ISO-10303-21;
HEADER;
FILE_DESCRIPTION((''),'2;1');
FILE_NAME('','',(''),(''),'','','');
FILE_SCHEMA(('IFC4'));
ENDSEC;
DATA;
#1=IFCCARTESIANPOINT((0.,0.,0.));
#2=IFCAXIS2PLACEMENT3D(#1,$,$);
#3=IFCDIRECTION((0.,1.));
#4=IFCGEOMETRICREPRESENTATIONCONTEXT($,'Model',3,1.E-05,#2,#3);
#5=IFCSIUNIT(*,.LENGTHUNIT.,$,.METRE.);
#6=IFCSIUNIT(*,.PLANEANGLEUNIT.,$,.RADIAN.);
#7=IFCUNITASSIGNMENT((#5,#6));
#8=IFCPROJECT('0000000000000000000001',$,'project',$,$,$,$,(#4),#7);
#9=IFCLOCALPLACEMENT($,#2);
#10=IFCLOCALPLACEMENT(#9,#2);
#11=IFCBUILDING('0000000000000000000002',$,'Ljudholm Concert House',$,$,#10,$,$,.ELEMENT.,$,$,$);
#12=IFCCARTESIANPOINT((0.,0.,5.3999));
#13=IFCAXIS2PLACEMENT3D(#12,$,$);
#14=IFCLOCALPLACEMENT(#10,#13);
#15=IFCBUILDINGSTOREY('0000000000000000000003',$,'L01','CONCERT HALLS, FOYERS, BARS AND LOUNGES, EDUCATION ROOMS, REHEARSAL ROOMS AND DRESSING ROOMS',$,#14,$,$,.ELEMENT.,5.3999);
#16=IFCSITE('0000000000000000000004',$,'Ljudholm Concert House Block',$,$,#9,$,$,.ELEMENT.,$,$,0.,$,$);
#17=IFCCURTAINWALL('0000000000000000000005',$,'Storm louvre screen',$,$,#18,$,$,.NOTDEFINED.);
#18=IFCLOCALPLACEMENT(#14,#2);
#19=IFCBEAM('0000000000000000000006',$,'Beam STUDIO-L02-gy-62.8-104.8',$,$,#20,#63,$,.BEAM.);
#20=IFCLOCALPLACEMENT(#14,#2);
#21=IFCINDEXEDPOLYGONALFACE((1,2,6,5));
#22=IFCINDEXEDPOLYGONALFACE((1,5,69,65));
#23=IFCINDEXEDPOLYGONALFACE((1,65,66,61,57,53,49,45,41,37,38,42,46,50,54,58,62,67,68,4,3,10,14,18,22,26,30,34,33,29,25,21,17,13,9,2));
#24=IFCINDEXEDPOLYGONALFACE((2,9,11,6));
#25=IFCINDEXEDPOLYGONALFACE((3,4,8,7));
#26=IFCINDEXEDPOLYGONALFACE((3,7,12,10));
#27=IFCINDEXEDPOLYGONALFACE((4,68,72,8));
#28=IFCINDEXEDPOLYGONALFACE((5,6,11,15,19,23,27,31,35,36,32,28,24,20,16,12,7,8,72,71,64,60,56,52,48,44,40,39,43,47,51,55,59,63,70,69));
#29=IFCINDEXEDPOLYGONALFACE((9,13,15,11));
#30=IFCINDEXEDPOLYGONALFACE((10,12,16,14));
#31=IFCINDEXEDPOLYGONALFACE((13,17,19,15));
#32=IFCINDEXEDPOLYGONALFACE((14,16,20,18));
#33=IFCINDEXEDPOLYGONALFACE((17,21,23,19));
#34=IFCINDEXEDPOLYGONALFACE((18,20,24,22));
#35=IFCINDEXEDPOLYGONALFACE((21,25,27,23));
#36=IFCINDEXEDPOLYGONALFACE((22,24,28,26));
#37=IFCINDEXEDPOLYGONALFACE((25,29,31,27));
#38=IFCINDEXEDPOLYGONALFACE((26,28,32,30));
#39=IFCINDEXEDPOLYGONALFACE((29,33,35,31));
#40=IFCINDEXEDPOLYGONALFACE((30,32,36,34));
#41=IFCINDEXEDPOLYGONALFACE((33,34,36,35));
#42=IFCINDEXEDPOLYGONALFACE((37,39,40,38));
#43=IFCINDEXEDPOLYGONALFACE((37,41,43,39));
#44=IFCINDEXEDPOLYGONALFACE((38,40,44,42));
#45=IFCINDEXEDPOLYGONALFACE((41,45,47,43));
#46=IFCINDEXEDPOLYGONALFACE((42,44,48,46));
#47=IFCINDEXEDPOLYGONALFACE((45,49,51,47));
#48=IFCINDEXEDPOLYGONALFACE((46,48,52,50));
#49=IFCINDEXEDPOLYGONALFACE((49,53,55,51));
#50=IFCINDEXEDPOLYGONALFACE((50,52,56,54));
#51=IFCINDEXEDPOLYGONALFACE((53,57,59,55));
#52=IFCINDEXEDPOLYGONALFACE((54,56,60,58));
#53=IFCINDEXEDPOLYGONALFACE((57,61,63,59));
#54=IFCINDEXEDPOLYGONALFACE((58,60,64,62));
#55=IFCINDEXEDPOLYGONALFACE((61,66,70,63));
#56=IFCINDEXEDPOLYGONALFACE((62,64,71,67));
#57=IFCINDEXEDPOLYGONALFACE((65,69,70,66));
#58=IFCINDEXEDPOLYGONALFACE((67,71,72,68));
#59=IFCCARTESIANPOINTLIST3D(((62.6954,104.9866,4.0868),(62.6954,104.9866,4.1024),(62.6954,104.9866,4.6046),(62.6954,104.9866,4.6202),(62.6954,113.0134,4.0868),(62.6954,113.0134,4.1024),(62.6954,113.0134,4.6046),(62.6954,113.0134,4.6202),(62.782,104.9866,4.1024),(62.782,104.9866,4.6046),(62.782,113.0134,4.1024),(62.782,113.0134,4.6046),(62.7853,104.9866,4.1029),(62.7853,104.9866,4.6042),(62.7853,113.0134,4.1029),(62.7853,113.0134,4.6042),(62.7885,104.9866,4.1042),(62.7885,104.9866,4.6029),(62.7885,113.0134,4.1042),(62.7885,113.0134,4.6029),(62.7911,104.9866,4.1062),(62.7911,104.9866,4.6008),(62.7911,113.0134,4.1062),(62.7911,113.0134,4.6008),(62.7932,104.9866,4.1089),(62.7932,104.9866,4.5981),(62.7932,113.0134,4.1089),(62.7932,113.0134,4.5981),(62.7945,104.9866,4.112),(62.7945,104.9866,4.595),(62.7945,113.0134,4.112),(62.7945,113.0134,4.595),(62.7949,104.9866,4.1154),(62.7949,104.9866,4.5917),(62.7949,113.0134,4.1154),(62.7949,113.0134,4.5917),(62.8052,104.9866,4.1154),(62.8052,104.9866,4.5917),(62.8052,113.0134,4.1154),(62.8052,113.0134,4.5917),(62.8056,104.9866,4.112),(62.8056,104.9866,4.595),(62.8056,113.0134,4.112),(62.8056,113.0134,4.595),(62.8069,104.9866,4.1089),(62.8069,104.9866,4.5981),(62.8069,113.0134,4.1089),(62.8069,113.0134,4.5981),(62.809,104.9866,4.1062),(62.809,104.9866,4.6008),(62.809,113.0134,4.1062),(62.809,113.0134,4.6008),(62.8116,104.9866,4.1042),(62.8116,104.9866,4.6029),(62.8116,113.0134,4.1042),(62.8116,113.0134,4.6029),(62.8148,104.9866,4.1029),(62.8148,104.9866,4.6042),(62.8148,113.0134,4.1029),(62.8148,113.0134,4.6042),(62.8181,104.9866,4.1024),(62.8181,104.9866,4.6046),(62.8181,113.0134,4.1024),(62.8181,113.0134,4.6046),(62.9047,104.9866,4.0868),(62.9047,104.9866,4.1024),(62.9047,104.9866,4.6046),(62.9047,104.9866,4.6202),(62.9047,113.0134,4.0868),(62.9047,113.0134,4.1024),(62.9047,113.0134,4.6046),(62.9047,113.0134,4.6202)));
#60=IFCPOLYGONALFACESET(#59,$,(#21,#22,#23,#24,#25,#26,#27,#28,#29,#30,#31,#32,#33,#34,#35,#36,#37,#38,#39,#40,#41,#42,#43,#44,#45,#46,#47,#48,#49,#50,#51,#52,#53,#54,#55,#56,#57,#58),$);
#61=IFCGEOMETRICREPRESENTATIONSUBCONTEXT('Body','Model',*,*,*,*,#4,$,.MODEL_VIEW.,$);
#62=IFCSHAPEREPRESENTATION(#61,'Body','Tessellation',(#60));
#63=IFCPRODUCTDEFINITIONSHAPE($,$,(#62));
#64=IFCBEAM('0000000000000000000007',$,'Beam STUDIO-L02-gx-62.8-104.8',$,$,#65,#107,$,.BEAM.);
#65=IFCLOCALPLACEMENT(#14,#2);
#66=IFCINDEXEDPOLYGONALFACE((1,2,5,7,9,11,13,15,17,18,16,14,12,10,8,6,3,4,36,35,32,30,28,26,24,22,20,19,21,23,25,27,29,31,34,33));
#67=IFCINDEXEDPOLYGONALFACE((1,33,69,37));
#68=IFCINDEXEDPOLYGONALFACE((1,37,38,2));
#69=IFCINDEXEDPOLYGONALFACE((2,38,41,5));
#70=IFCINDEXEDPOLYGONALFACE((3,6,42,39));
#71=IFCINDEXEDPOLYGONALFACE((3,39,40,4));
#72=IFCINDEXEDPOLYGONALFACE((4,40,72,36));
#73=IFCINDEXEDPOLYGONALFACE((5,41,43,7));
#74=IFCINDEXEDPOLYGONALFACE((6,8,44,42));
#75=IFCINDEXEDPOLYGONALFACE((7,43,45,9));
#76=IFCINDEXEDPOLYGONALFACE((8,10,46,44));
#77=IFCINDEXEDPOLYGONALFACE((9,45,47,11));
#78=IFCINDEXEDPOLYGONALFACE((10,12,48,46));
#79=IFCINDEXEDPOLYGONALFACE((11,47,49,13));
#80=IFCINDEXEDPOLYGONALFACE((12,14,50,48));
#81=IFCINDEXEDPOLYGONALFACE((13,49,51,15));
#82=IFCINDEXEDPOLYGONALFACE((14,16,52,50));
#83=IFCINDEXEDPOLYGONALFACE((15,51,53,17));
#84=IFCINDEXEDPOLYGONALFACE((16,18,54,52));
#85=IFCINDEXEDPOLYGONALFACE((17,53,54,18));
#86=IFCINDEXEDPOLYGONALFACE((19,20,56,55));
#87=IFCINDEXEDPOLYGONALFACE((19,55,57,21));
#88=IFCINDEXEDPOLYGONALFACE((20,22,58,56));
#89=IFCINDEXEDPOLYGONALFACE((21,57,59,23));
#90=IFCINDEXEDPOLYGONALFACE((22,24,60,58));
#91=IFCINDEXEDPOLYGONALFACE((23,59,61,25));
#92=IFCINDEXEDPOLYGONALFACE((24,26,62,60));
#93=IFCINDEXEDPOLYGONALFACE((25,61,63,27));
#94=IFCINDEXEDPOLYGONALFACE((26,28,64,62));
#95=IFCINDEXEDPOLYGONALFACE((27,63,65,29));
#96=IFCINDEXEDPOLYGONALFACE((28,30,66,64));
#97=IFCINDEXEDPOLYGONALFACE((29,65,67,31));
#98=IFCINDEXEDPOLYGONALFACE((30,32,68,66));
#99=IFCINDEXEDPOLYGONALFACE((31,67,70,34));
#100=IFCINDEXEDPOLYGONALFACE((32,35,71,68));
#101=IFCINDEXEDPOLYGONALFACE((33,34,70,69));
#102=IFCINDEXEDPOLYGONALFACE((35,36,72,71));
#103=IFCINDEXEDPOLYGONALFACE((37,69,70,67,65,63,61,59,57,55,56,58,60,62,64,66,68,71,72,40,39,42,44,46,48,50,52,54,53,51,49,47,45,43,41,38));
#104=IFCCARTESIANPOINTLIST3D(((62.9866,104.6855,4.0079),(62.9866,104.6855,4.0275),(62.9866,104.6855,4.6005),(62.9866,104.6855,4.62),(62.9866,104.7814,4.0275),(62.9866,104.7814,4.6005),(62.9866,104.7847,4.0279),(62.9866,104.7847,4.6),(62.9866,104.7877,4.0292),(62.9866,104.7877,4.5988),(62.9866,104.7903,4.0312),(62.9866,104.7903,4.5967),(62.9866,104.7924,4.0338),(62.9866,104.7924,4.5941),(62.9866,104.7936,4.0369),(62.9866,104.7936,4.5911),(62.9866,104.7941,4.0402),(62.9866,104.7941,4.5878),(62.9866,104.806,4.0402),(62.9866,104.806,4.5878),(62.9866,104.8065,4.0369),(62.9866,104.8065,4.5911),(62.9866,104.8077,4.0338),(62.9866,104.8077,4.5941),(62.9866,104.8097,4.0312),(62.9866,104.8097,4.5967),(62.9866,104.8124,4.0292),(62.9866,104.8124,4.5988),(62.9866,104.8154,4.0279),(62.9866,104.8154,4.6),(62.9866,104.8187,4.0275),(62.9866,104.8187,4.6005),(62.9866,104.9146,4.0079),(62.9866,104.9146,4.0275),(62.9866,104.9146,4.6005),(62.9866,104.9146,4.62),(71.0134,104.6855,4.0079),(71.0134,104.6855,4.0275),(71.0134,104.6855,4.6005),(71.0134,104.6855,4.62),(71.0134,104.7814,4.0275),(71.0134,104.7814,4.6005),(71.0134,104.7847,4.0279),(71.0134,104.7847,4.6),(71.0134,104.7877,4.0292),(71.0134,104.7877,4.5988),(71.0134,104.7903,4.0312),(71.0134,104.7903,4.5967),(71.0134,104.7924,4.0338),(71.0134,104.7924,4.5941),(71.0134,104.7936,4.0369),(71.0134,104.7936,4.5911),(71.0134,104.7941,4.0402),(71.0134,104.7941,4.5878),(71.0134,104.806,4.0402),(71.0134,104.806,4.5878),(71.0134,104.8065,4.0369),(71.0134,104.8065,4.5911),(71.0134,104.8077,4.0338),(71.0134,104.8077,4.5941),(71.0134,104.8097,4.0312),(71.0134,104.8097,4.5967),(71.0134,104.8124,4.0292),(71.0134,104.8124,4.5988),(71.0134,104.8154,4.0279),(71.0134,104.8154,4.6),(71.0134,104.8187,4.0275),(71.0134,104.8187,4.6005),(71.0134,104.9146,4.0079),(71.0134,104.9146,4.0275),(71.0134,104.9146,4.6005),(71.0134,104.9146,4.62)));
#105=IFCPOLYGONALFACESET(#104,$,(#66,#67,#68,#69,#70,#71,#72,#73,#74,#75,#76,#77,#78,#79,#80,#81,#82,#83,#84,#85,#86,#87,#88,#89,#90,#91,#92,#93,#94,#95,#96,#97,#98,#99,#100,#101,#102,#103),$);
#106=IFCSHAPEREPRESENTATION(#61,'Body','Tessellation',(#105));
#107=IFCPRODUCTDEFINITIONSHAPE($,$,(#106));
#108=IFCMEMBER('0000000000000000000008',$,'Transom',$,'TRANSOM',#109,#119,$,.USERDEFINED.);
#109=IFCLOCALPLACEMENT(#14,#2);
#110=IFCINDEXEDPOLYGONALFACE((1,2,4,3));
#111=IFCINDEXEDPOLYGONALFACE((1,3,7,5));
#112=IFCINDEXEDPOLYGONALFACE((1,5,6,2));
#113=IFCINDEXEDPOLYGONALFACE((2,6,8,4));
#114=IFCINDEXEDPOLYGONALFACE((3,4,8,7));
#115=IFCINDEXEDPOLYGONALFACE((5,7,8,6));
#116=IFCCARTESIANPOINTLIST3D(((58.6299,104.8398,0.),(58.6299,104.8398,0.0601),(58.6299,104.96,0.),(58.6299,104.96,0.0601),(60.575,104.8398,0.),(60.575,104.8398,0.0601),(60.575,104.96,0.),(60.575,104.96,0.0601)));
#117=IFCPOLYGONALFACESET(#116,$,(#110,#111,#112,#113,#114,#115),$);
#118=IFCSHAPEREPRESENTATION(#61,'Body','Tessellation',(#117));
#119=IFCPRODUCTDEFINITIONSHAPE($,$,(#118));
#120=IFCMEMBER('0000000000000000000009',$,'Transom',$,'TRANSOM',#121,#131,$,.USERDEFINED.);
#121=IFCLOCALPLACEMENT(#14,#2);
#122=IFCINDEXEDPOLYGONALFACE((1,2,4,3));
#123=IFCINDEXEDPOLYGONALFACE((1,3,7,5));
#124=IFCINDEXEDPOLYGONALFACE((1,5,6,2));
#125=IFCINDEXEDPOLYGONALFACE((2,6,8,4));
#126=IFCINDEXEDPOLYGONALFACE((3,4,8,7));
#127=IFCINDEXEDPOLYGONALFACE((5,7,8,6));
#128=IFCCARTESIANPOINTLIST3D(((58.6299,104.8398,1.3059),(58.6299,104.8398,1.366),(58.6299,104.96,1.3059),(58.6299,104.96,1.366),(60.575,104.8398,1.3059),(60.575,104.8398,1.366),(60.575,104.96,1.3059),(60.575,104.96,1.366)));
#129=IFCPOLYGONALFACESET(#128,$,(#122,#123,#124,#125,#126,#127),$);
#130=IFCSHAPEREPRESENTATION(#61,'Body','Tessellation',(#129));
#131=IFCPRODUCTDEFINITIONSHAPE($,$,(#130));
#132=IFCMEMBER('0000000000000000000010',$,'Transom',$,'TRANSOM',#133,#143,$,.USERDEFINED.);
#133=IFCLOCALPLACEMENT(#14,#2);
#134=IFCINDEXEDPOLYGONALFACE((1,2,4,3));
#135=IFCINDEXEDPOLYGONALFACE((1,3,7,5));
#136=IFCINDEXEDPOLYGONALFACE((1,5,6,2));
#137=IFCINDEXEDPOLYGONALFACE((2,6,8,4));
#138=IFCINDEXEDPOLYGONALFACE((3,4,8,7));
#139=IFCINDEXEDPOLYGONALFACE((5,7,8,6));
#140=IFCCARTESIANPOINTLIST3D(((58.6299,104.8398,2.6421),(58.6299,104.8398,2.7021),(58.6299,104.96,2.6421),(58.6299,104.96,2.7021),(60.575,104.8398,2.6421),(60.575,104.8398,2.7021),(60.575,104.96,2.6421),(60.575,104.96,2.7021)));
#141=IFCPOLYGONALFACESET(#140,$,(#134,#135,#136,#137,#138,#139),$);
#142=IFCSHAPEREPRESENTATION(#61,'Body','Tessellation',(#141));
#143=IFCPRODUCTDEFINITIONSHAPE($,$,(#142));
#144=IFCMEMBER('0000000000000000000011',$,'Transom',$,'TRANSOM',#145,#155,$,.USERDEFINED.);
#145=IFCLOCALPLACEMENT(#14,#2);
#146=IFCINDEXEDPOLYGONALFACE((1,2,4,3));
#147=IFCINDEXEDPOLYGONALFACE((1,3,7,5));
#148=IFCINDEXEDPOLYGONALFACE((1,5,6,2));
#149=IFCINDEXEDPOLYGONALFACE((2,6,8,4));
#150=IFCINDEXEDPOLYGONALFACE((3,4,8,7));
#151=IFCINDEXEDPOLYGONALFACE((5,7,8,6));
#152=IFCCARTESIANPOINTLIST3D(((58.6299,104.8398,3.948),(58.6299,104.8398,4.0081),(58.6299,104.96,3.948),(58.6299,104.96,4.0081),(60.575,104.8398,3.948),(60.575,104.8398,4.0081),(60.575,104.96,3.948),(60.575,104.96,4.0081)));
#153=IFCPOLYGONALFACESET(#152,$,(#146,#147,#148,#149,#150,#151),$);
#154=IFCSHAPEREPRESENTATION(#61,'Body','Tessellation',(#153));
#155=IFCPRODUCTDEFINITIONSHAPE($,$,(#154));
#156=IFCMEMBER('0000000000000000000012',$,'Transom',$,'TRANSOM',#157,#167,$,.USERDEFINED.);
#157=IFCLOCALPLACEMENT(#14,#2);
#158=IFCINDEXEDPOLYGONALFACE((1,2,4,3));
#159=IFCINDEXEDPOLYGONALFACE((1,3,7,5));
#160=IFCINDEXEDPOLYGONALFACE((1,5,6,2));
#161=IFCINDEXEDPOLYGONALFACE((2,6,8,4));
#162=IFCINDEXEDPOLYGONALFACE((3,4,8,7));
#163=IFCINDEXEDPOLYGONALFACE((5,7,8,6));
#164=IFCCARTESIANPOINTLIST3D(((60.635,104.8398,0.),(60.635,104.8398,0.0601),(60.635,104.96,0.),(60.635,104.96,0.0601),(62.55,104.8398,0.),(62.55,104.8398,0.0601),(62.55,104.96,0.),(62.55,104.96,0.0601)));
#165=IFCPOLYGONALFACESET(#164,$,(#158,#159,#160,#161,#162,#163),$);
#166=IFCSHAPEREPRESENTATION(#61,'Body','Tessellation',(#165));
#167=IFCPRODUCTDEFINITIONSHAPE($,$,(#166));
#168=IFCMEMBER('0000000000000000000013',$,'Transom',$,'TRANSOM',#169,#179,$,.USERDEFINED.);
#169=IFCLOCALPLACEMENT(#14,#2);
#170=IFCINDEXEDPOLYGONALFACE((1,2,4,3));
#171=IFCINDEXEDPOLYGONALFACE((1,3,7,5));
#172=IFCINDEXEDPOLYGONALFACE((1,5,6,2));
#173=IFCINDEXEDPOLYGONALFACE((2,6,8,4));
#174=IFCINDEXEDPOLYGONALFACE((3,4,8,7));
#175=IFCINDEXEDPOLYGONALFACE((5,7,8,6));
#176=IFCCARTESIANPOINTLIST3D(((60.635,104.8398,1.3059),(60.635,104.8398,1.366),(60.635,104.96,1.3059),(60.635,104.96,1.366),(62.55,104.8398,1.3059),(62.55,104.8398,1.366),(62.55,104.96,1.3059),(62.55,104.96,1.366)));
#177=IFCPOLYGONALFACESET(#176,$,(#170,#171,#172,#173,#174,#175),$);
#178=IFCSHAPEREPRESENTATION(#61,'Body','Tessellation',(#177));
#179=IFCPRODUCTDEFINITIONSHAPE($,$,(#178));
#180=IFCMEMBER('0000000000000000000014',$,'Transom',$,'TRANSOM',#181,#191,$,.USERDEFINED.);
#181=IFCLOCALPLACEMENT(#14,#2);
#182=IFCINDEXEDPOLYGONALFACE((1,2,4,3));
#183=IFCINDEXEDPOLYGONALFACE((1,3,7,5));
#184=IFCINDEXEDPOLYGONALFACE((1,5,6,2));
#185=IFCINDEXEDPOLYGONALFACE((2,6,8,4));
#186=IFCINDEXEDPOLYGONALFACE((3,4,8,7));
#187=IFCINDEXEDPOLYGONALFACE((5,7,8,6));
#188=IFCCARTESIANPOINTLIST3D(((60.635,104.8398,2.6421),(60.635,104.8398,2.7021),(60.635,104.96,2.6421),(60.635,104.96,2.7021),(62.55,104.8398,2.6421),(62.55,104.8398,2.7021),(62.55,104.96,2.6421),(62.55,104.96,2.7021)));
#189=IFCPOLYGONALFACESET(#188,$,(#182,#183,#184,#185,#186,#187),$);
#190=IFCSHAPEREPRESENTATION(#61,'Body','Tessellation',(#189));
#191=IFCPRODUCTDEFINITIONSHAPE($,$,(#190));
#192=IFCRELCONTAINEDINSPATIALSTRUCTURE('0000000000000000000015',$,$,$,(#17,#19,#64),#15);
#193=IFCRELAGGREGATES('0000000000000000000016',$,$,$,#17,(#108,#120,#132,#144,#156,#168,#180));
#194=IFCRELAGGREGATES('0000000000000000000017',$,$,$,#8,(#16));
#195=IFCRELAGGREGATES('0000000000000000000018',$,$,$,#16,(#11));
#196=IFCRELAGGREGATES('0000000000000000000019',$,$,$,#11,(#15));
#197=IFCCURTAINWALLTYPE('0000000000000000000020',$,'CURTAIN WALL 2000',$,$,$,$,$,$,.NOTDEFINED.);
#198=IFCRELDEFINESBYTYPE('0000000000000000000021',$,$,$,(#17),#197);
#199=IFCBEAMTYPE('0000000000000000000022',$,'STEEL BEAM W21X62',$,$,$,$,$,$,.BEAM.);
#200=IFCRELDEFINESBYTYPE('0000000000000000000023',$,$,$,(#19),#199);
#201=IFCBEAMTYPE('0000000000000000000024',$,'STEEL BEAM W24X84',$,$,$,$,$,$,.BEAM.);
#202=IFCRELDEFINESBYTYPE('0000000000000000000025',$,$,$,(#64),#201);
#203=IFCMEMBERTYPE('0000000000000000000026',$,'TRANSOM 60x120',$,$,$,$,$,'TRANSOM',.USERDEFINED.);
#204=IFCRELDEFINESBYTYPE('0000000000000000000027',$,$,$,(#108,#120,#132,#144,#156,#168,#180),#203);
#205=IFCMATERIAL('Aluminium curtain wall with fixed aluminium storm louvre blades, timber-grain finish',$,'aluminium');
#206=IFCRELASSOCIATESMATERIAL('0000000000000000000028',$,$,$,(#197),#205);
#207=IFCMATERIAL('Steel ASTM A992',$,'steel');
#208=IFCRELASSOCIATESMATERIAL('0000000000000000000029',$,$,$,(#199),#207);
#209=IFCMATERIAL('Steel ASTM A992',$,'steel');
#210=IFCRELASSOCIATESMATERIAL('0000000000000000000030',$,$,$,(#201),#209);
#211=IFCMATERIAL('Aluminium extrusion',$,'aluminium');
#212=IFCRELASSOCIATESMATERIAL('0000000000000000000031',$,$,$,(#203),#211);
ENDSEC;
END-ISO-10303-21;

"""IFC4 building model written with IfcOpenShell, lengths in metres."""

from ifc_helpers import new_model, si_unit, direction, frame, origin, origin_2d, place, context, subcontext, project, spatial, rectangle, i_section, extrude, material, material_profile, profile_set, type_object, element, aggregate, save


model = new_model("IFC4")

# Units and contexts
model_context = context("Model", 3, precision=1e-05, world=origin(), true_north=direction((0.0, 1.0)))
body_context = subcontext(model_context, "Body", "Model", "MODEL_VIEW")
ifc_project = project(units=[si_unit("LENGTHUNIT", "METRE"), si_unit("PLANEANGLEUNIT", "RADIAN")], contexts=[model_context])

# Site, building, storey
site_placement = place(None, origin())
site = spatial("IfcSite", under=ifc_project, at=site_placement, Name="Ljudholm Concert House Block", CompositionType="ELEMENT", RefElevation=0.0)
building_placement = place(site_placement, origin())
building = spatial("IfcBuilding", under=site, at=building_placement, Name="Ljudholm Concert House", CompositionType="ELEMENT")
storey_placement = place(building_placement, frame((0.0, 0.0, 5.3999)))
storey = spatial("IfcBuildingStorey", under=building, at=storey_placement, Name="L01", Description="CONCERT HALLS, FOYERS, BARS AND LOUNGES, EDUCATION ROOMS, REHEARSAL ROOMS AND DRESSING ROOMS", CompositionType="ELEMENT", Elevation=5.3999)

# Curtain wall
ifc_material_1 = material(Name="Aluminium curtain wall with fixed aluminium storm louvre blades, timber-grain finish", Category="aluminium")
curtain_wall_type = type_object("IfcCurtainWallType", Name="CURTAIN WALL 2000", PredefinedType="NOTDEFINED", material=ifc_material_1)
curtain_wall_placement = place(storey_placement, origin())
curtain_wall = element("IfcCurtainWall", 1, at=curtain_wall_placement, inside=storey, type_object=curtain_wall_type, Name="Storm louvre screen", PredefinedType="NOTDEFINED")

# Beams
ifc_material_2 = material(Name="Steel ASTM A992", Category="steel")
ifc_material_profile_1 = material_profile(ifc_material_2, i_section(OverallWidth=0.2092, OverallDepth=0.5334, WebThickness=0.0103, FlangeThickness=0.0156, FilletRadius=0.0129, at=origin_2d()), Name="W21X62")
ifc_profile_set_1 = profile_set([ifc_material_profile_1], Name="Steel ASTM A992")
beam_type_1 = type_object("IfcBeamType", Name="STEEL BEAM W21X62", PredefinedType="BEAM", material=ifc_profile_set_1)
beam_1_placement = place(storey_placement, frame((62.8, 104.9866, 4.3535), z_axis=(0.0, 1.0, 0.0), x_axis=(-1.0, 0.0, 0.0)))
element("IfcBeam", 2, at=beam_1_placement, inside=storey, type_object=beam_type_1, Name="Beam STUDIO-L02-gy-62.8-104.8", PredefinedType="BEAM", context=body_context, shape_type="SweptSolid", body=[
    extrude(i_section(OverallWidth=0.2092, OverallDepth=0.5334, WebThickness=0.0103, FlangeThickness=0.0156, FilletRadius=0.0129, at=origin_2d()), origin(), (0.0, 0.0, 1.0), 8.0269),
])
ifc_material_3 = material(Name="Steel ASTM A992", Category="steel")
ifc_material_profile_2 = material_profile(ifc_material_3, i_section(OverallWidth=0.229, OverallDepth=0.6121, WebThickness=0.012, FlangeThickness=0.0195, FilletRadius=0.0127, at=origin_2d()), Name="W24X84")
ifc_profile_set_2 = profile_set([ifc_material_profile_2], Name="Steel ASTM A992")
beam_type_2 = type_object("IfcBeamType", Name="STEEL BEAM W24X84", PredefinedType="BEAM", material=ifc_profile_set_2)
beam_2_placement = place(storey_placement, frame((62.9866, 104.8, 4.314), z_axis=(1.0, 0.0, 0.0), x_axis=(0.0, 1.0, 0.0)))
element("IfcBeam", 3, at=beam_2_placement, inside=storey, type_object=beam_type_2, Name="Beam STUDIO-L02-gx-62.8-104.8", PredefinedType="BEAM", context=body_context, shape_type="SweptSolid", body=[
    extrude(i_section(OverallWidth=0.229, OverallDepth=0.6121, WebThickness=0.012, FlangeThickness=0.0195, FilletRadius=0.0127, at=origin_2d()), origin(), (0.0, 0.0, 1.0), 8.0269),
])

# Members
ifc_material_4 = material(Name="Aluminium extrusion", Category="aluminium")
ifc_material_profile_3 = material_profile(ifc_material_4, rectangle(XDim=0.1201, YDim=0.0601, at=origin_2d()), Name="TRANSOM 60x120")
ifc_profile_set_3 = profile_set([ifc_material_profile_3], Name="Aluminium extrusion")
member_type_1 = type_object("IfcMemberType", Name="TRANSOM 60x120", ElementType="TRANSOM", PredefinedType="USERDEFINED", material=ifc_profile_set_3)
member_1_placement = place(storey_placement, frame((58.6299, 104.8999, 0.03), z_axis=(1.0, 0.0, 0.0), x_axis=(0.0, 1.0, 0.0)))
member_1 = element("IfcMember", 4, at=member_1_placement, type_object=member_type_1, Name="Transom", ObjectType="TRANSOM", PredefinedType="USERDEFINED", context=body_context, shape_type="SweptSolid", body=[
    extrude(rectangle(XDim=0.1201, YDim=0.0601, at=origin_2d()), origin(), (0.0, 0.0, 1.0), 1.9451),
])
member_2_placement = place(storey_placement, frame((58.6299, 104.8999, 1.3359), z_axis=(1.0, 0.0, 0.0), x_axis=(0.0, 1.0, 0.0)))
member_2 = element("IfcMember", 5, at=member_2_placement, type_object=member_type_1, Name="Transom", ObjectType="TRANSOM", PredefinedType="USERDEFINED", context=body_context, shape_type="SweptSolid", body=[
    extrude(rectangle(XDim=0.1201, YDim=0.0601, at=origin_2d()), origin(), (0.0, 0.0, 1.0), 1.9451),
])
member_3_placement = place(storey_placement, frame((58.6299, 104.8999, 2.6721), z_axis=(1.0, 0.0, 0.0), x_axis=(0.0, 1.0, 0.0)))
member_3 = element("IfcMember", 6, at=member_3_placement, type_object=member_type_1, Name="Transom", ObjectType="TRANSOM", PredefinedType="USERDEFINED", context=body_context, shape_type="SweptSolid", body=[
    extrude(rectangle(XDim=0.1201, YDim=0.0601, at=origin_2d()), origin(), (0.0, 0.0, 1.0), 1.9451),
])
member_4_placement = place(storey_placement, frame((58.6299, 104.8999, 3.978), z_axis=(1.0, 0.0, 0.0), x_axis=(0.0, 1.0, 0.0)))
member_4 = element("IfcMember", 7, at=member_4_placement, type_object=member_type_1, Name="Transom", ObjectType="TRANSOM", PredefinedType="USERDEFINED", context=body_context, shape_type="SweptSolid", body=[
    extrude(rectangle(XDim=0.1201, YDim=0.0601, at=origin_2d()), origin(), (0.0, 0.0, 1.0), 1.9451),
])
member_5_placement = place(storey_placement, frame((60.635, 104.8999, 0.03), z_axis=(1.0, 0.0, 0.0), x_axis=(0.0, 1.0, 0.0)))
member_5 = element("IfcMember", 8, at=member_5_placement, type_object=member_type_1, Name="Transom", ObjectType="TRANSOM", PredefinedType="USERDEFINED", context=body_context, shape_type="SweptSolid", body=[
    extrude(rectangle(XDim=0.1201, YDim=0.0601, at=origin_2d()), origin(), (0.0, 0.0, 1.0), 1.915),
])
member_6_placement = place(storey_placement, frame((60.635, 104.8999, 1.3359), z_axis=(1.0, 0.0, 0.0), x_axis=(0.0, 1.0, 0.0)))
member_6 = element("IfcMember", 9, at=member_6_placement, type_object=member_type_1, Name="Transom", ObjectType="TRANSOM", PredefinedType="USERDEFINED", context=body_context, shape_type="SweptSolid", body=[
    extrude(rectangle(XDim=0.1201, YDim=0.0601, at=origin_2d()), origin(), (0.0, 0.0, 1.0), 1.915),
])
member_7_placement = place(storey_placement, frame((60.635, 104.8999, 2.6721), z_axis=(1.0, 0.0, 0.0), x_axis=(0.0, 1.0, 0.0)))
member_7 = element("IfcMember", 10, at=member_7_placement, type_object=member_type_1, Name="Transom", ObjectType="TRANSOM", PredefinedType="USERDEFINED", context=body_context, shape_type="SweptSolid", body=[
    extrude(rectangle(XDim=0.1201, YDim=0.0601, at=origin_2d()), origin(), (0.0, 0.0, 1.0), 1.915),
])

aggregate(curtain_wall, [member_1, member_2, member_3, member_4, member_5, member_6, member_7])

save(model, "model.ifc")
